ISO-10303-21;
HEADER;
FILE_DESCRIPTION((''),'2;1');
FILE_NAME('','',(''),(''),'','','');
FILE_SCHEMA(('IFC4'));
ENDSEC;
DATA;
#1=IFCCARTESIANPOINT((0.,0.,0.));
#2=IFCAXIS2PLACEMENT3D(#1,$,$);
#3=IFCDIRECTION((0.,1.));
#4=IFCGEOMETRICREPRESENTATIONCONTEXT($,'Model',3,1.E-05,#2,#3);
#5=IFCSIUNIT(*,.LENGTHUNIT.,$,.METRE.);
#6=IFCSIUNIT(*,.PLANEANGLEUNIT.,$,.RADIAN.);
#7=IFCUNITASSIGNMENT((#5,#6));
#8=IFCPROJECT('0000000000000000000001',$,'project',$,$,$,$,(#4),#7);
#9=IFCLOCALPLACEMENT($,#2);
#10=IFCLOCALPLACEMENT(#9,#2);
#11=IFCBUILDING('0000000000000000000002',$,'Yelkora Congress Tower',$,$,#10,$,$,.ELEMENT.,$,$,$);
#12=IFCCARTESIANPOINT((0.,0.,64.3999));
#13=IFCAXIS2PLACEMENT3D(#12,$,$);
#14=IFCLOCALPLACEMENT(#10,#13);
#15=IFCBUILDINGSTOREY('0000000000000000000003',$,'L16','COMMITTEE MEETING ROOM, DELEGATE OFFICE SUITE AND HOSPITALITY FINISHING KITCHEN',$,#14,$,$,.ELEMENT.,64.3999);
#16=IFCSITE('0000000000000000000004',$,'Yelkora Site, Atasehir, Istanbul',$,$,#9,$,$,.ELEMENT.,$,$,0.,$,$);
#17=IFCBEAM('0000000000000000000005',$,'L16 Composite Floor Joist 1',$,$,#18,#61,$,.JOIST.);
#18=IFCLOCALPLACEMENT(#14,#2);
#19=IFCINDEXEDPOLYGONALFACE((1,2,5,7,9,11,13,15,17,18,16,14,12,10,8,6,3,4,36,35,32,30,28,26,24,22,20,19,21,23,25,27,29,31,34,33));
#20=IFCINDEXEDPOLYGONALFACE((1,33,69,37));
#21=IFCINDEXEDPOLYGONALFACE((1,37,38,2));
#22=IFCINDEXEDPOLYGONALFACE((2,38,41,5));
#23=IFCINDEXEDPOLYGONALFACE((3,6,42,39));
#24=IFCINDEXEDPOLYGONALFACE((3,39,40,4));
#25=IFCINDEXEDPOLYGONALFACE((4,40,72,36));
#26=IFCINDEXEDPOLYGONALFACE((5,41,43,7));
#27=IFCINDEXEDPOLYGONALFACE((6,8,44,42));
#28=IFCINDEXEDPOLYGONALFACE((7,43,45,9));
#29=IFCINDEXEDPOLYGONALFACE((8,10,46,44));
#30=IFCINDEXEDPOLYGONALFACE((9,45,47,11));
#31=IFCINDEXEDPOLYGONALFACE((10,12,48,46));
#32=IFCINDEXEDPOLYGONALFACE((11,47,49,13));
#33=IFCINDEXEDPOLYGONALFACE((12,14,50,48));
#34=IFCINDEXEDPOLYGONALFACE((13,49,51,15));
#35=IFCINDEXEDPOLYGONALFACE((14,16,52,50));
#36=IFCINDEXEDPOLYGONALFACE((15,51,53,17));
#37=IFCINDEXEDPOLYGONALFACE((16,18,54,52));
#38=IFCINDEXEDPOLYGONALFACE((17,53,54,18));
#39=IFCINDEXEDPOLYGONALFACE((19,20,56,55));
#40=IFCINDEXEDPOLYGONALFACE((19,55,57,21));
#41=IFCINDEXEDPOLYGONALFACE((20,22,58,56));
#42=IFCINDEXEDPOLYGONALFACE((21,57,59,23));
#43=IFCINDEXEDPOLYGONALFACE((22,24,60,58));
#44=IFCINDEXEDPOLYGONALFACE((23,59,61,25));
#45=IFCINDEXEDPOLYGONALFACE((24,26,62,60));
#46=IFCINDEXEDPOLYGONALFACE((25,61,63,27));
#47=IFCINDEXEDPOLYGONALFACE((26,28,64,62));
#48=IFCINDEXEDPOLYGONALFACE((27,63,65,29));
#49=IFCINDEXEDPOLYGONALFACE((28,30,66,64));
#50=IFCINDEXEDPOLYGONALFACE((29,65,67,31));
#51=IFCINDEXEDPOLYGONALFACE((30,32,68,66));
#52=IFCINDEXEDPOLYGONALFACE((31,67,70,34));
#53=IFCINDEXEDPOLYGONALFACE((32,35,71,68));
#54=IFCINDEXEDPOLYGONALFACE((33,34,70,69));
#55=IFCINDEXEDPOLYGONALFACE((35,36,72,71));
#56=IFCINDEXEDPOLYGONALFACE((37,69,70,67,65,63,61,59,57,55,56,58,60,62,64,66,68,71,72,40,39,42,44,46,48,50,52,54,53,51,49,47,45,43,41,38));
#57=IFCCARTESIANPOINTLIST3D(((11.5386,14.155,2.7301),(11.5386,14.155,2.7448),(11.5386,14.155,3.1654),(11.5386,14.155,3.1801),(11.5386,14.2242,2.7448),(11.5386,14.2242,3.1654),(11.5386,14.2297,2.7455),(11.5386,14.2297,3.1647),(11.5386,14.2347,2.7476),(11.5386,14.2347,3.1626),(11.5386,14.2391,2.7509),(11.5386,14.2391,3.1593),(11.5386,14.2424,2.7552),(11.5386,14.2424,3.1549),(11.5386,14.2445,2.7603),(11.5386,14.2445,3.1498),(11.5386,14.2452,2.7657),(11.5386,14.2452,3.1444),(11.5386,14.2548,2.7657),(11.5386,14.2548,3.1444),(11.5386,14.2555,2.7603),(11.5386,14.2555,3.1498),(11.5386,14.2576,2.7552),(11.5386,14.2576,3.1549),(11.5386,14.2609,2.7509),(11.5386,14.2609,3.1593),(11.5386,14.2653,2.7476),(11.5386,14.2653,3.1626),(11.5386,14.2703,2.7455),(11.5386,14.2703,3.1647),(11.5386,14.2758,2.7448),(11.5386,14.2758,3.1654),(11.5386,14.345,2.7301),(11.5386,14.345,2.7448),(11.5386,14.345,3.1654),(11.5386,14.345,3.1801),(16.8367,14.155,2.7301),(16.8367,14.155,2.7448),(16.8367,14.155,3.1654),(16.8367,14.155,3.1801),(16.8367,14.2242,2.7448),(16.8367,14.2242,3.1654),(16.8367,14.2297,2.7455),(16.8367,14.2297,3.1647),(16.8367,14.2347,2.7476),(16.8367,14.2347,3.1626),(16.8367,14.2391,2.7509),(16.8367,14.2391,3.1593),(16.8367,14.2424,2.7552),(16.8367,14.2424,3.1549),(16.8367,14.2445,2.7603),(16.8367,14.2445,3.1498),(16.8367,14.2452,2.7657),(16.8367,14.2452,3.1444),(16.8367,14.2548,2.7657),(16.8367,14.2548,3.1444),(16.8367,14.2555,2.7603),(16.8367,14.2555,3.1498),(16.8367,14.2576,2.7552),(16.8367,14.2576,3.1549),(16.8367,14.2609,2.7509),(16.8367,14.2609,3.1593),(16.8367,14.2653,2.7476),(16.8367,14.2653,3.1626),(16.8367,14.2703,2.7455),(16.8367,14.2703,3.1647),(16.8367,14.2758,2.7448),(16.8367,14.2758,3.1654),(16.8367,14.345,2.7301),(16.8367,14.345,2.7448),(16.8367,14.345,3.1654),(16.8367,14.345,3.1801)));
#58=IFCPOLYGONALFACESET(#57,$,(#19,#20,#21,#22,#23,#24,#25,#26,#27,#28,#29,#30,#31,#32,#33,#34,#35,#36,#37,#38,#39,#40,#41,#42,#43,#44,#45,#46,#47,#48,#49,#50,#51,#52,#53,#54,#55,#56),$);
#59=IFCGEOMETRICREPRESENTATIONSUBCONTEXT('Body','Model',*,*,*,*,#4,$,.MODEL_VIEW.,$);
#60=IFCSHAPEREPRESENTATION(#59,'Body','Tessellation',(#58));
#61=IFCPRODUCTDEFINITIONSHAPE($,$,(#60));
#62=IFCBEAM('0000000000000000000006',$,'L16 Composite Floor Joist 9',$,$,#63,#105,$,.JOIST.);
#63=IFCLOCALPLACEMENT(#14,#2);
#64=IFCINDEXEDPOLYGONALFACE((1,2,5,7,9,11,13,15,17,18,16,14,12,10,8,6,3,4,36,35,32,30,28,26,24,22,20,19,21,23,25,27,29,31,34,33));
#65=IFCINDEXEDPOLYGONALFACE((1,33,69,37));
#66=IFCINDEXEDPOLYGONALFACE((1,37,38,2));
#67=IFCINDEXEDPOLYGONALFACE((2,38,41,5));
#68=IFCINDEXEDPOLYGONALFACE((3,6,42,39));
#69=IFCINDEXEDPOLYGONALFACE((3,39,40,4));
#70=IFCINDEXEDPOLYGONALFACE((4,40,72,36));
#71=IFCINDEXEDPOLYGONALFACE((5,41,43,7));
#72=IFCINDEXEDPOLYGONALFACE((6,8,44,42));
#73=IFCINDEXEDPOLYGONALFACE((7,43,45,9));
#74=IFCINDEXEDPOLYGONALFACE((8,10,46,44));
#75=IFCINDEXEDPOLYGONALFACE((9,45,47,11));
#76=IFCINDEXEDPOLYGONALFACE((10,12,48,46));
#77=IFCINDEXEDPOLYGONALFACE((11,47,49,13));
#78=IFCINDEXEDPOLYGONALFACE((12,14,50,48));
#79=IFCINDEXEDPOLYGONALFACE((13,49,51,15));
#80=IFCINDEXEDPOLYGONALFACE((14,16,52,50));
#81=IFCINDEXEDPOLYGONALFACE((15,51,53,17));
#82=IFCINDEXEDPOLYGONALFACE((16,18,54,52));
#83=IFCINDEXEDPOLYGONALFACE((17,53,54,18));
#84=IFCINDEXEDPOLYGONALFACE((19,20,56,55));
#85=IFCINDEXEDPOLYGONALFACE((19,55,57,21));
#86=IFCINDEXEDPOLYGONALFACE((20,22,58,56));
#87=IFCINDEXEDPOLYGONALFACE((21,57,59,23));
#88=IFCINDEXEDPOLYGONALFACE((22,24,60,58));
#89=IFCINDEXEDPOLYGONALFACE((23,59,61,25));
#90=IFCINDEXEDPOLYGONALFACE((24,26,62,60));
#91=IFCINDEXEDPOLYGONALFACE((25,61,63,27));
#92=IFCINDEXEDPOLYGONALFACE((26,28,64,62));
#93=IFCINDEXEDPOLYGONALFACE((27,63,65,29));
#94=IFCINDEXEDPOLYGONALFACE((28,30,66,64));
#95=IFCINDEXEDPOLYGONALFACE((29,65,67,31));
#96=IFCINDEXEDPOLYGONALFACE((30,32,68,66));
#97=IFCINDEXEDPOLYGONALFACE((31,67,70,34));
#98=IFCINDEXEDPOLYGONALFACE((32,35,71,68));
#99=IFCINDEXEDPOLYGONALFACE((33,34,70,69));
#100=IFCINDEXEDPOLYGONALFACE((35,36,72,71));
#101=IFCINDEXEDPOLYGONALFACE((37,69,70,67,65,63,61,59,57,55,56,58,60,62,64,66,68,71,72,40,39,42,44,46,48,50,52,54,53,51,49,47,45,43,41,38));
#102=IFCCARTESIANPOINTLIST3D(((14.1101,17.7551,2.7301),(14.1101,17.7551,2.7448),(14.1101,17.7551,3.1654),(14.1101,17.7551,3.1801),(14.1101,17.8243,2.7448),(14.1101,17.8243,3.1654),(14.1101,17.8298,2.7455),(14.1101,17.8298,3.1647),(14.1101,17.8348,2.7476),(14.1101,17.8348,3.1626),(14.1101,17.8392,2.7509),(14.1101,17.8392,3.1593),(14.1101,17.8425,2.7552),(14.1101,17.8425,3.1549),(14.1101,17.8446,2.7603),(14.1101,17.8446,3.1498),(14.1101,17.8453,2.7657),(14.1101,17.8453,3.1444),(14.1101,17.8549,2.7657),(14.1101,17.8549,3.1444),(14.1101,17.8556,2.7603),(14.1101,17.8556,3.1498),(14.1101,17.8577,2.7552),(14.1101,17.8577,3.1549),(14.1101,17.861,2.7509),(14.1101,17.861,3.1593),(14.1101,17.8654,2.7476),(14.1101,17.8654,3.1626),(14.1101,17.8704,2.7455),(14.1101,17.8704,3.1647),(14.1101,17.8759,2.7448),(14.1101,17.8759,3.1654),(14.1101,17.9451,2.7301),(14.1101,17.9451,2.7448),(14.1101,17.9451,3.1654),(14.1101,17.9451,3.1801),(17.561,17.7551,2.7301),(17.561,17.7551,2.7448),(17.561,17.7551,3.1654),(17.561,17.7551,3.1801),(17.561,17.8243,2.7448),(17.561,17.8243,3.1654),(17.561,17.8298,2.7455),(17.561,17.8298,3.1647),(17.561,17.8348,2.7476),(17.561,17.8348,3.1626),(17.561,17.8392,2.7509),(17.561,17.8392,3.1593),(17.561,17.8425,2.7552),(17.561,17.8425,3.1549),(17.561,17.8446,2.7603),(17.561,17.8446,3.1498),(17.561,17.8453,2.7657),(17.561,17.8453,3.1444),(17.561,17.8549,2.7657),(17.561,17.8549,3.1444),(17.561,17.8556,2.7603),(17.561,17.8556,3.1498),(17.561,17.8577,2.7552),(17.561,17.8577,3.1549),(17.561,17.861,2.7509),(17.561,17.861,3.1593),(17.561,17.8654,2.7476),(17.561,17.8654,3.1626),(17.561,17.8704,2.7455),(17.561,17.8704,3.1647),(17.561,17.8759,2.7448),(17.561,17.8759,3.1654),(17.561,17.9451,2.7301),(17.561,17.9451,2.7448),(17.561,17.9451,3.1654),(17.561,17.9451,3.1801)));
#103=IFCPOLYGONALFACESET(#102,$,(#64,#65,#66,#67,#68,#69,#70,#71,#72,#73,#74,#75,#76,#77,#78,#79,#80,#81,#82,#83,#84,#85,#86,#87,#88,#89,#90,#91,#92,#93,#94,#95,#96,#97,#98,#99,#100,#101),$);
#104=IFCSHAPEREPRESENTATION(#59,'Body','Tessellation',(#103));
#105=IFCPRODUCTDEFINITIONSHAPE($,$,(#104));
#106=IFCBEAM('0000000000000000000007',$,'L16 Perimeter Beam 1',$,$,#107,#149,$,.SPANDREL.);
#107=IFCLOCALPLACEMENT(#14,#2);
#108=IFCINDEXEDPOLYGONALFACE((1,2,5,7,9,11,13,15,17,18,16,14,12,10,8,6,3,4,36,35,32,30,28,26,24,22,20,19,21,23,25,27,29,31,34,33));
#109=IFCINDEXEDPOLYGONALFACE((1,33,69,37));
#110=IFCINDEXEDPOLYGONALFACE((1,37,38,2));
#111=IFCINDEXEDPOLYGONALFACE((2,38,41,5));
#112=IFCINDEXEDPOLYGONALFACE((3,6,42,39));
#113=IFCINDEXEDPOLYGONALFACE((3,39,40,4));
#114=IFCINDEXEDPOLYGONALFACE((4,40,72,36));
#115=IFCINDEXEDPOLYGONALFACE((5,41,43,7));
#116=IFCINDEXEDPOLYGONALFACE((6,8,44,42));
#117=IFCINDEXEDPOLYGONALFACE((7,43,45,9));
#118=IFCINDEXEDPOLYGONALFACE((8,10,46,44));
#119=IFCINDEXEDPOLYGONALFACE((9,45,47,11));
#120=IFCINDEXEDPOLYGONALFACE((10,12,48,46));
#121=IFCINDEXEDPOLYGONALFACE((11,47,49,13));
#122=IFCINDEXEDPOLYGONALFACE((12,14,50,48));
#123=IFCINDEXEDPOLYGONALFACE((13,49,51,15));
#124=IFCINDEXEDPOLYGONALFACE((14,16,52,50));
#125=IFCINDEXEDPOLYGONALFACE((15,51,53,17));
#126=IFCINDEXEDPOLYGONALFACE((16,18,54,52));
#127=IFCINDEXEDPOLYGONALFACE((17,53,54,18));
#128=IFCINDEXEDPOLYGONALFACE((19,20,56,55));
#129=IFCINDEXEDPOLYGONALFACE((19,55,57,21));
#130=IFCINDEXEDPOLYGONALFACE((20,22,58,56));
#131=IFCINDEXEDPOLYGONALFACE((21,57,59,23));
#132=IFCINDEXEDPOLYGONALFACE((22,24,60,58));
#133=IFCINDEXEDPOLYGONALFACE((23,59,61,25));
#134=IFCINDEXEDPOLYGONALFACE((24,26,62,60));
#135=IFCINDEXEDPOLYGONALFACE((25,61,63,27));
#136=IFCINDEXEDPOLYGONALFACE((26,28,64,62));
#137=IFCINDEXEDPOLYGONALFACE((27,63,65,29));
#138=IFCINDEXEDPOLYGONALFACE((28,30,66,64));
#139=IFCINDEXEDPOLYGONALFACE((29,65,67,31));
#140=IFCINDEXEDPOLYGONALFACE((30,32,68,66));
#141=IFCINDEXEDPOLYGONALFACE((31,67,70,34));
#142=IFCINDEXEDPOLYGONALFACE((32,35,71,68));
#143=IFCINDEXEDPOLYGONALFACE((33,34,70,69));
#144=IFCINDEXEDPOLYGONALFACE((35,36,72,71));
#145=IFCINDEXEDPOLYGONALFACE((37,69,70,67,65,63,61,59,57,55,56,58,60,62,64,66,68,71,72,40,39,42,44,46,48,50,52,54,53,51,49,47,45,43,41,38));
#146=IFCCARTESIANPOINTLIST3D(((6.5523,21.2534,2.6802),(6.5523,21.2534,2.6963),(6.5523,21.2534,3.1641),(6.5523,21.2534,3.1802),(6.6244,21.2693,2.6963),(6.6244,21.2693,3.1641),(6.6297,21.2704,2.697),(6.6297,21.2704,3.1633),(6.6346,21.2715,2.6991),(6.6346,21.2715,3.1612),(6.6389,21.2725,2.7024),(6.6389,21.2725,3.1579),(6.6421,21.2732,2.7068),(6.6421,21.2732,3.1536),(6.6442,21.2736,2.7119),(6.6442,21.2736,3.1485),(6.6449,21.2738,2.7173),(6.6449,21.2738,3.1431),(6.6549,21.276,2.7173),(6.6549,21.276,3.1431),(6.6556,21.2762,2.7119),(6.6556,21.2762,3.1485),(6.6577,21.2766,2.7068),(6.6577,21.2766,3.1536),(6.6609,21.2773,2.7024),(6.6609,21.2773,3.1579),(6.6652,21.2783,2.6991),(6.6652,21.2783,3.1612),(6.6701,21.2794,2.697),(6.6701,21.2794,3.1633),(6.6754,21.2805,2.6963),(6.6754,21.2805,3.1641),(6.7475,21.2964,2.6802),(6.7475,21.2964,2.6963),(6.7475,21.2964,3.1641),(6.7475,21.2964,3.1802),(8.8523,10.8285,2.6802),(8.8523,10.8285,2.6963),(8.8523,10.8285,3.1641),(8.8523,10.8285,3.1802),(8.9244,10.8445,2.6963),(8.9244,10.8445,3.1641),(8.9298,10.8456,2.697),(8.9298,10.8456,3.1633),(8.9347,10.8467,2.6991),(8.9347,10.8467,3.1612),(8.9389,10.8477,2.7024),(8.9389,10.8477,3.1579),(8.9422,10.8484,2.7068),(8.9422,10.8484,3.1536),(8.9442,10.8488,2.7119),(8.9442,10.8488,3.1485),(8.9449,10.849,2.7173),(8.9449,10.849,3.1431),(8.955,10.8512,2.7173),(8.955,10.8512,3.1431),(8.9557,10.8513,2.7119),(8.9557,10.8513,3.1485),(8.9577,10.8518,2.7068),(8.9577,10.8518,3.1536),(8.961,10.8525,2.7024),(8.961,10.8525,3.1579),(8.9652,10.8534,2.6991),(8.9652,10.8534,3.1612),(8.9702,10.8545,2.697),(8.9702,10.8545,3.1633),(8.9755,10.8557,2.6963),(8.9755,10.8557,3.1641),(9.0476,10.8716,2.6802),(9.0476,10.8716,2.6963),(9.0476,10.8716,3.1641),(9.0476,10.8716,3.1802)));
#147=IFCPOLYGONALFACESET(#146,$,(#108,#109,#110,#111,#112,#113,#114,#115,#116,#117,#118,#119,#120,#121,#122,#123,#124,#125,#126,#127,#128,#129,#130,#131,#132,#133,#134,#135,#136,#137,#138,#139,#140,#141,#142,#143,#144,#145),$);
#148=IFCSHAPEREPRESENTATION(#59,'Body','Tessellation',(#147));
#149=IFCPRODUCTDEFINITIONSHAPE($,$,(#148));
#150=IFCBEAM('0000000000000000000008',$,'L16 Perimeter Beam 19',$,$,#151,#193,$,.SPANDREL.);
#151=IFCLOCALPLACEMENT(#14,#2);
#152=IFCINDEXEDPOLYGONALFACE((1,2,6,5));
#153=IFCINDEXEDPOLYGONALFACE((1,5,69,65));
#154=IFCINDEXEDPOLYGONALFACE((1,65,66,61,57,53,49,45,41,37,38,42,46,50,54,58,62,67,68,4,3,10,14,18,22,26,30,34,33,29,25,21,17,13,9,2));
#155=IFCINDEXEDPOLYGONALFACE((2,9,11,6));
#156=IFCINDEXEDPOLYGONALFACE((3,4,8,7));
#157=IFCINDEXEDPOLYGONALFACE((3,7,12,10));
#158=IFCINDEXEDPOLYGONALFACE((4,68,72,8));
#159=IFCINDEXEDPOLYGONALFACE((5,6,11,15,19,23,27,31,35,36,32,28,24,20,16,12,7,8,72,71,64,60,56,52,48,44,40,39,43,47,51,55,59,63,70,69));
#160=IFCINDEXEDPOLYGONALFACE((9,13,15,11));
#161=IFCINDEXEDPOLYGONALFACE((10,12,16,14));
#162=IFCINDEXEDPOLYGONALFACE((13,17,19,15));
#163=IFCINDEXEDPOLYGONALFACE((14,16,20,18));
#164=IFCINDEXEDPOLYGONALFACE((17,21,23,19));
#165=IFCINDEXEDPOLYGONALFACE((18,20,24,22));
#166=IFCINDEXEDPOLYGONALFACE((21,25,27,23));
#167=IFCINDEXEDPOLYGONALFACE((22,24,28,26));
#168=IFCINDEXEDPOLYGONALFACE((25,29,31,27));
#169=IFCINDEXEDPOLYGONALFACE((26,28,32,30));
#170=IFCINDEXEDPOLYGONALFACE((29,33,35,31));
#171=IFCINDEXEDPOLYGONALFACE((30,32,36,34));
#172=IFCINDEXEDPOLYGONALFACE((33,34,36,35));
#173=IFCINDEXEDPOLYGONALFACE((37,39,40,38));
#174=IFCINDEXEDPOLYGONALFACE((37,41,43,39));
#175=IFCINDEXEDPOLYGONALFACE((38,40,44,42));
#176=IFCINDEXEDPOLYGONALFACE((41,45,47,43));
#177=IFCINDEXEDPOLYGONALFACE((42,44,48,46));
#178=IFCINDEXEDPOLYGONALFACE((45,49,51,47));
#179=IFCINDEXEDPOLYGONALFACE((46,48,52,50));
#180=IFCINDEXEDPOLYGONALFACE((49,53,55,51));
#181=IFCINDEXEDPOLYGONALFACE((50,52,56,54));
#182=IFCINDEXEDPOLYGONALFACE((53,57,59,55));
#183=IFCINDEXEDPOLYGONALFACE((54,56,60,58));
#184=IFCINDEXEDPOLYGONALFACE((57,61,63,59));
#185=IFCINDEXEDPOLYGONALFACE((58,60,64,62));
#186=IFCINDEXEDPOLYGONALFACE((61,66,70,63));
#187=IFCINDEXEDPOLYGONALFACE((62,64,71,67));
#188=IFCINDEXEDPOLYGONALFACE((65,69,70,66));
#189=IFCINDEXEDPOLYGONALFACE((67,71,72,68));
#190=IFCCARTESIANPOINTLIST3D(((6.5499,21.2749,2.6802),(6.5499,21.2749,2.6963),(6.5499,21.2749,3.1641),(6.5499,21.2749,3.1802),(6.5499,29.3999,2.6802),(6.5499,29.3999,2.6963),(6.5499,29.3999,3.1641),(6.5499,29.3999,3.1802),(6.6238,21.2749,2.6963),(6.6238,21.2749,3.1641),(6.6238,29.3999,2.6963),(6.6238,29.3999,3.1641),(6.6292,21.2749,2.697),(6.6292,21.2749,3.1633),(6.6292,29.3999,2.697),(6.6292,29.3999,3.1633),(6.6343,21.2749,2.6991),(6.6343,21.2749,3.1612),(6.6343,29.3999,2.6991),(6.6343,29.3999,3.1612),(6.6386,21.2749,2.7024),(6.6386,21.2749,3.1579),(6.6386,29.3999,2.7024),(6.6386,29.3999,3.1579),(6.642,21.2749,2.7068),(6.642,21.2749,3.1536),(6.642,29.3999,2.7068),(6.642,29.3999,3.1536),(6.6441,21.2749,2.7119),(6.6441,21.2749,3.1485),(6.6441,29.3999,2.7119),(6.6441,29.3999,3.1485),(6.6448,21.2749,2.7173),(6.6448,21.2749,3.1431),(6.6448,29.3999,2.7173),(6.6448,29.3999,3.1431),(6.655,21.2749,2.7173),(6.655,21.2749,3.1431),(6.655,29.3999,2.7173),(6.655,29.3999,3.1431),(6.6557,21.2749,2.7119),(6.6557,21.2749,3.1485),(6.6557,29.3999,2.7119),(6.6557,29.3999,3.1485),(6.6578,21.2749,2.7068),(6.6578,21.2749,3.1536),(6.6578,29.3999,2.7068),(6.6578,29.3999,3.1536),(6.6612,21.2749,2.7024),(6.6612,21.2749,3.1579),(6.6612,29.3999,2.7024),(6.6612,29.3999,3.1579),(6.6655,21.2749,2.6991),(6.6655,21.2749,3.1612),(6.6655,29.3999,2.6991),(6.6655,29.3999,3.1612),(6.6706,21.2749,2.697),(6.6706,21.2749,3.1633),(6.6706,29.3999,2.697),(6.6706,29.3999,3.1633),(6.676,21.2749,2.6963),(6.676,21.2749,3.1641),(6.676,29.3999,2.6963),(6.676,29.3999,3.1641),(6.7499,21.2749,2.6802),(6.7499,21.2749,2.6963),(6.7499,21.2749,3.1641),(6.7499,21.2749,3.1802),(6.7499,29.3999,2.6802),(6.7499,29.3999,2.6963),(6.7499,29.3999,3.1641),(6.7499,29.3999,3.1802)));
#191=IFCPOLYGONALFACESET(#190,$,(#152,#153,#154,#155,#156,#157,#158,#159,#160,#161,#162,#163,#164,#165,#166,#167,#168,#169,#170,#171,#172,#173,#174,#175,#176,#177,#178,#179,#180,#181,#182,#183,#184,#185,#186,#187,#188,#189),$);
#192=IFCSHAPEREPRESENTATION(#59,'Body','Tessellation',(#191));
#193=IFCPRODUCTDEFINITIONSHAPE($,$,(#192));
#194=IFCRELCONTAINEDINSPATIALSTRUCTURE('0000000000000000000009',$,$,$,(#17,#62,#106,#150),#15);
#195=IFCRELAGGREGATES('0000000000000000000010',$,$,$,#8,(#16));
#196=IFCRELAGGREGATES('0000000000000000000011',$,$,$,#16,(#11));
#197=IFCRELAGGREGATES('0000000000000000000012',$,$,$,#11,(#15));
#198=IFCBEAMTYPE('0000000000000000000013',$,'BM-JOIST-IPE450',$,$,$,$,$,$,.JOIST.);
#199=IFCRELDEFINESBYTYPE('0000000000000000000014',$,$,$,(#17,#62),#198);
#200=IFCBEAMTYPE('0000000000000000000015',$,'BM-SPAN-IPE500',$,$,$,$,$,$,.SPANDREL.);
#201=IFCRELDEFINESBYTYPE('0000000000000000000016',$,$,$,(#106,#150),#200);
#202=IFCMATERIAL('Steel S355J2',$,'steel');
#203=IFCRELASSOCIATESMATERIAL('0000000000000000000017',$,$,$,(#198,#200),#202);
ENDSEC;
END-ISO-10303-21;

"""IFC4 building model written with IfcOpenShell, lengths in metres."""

from ifc_helpers import new_model, si_unit, direction, frame, origin, origin_2d, place, context, subcontext, project, spatial, i_section, extrude, material, material_profile, profile_set, type_object, element, save


model = new_model("IFC4")

# Units and contexts
model_context = context("Model", 3, precision=1e-05, world=origin(), true_north=direction((0.0, 1.0)))
body_context = subcontext(model_context, "Body", "Model", "MODEL_VIEW")
ifc_project = project(units=[si_unit("LENGTHUNIT", "METRE"), si_unit("PLANEANGLEUNIT", "RADIAN")], contexts=[model_context])

# Site, building, storey
site_placement = place(None, origin())
site = spatial("IfcSite", under=ifc_project, at=site_placement, Name="Yelkora Site, Atasehir, Istanbul", CompositionType="ELEMENT", RefElevation=0.0)
building_placement = place(site_placement, origin())
building = spatial("IfcBuilding", under=site, at=building_placement, Name="Yelkora Congress Tower", CompositionType="ELEMENT")
storey_placement = place(building_placement, frame((0.0, 0.0, 64.3999)))
storey = spatial("IfcBuildingStorey", under=building, at=storey_placement, Name="L16", Description="COMMITTEE MEETING ROOM, DELEGATE OFFICE SUITE AND HOSPITALITY FINISHING KITCHEN", CompositionType="ELEMENT", Elevation=64.3999)

# Beams
ifc_material_1 = material(Name="Steel S355J2", Category="steel")
ifc_material_profile_1 = material_profile(ifc_material_1, i_section(OverallWidth=0.1899, OverallDepth=0.45, WebThickness=0.0095, FlangeThickness=0.0146, FilletRadius=0.021, at=origin_2d()), Name="IPE 450")
ifc_profile_set_1 = profile_set([ifc_material_profile_1], Name="Steel S355J2")
beam_type_1 = type_object("IfcBeamType", Name="BM-JOIST-IPE450", PredefinedType="JOIST", material=ifc_profile_set_1)
beam_1_placement = place(storey_placement, frame((11.5386, 14.25, 2.9551), z_axis=(1.0, 0.0, 0.0), x_axis=(0.0, 1.0, 0.0)))
element("IfcBeam", 1, at=beam_1_placement, inside=storey, type_object=beam_type_1, Name="L16 Composite Floor Joist 1", PredefinedType="JOIST", context=body_context, shape_type="SweptSolid", body=[
    extrude(i_section(OverallWidth=0.1899, OverallDepth=0.45, WebThickness=0.0095, FlangeThickness=0.0146, FilletRadius=0.021, at=origin_2d()), origin(), (0.0, 0.0, 1.0), 5.2981),
])
beam_2_placement = place(storey_placement, frame((14.1101, 17.8501, 2.9551), z_axis=(1.0, 0.0, 0.0), x_axis=(0.0, 1.0, 0.0)))
element("IfcBeam", 2, at=beam_2_placement, inside=storey, type_object=beam_type_1, Name="L16 Composite Floor Joist 9", PredefinedType="JOIST", context=body_context, shape_type="SweptSolid", body=[
    extrude(i_section(OverallWidth=0.1899, OverallDepth=0.45, WebThickness=0.0095, FlangeThickness=0.0146, FilletRadius=0.021, at=origin_2d()), origin(), (0.0, 0.0, 1.0), 3.4509),
])
ifc_material_profile_2 = material_profile(ifc_material_1, i_section(OverallWidth=0.2, OverallDepth=0.5, WebThickness=0.0103, FlangeThickness=0.0161, FilletRadius=0.021, at=origin_2d()), Name="IPE 500")
ifc_profile_set_2 = profile_set([ifc_material_profile_2], Name="Steel S355J2")
beam_type_2 = type_object("IfcBeamType", Name="BM-SPAN-IPE500", PredefinedType="SPANDREL", material=ifc_profile_set_2)
beam_3_placement = place(storey_placement, frame((6.6499, 21.2749, 2.9302), z_axis=(0.215451, -0.976515, 0.0), x_axis=(0.976515, 0.215451, 0.0)))
element("IfcBeam", 3, at=beam_3_placement, inside=storey, type_object=beam_type_2, Name="L16 Perimeter Beam 1", PredefinedType="SPANDREL", context=body_context, shape_type="SweptSolid", body=[
    extrude(i_section(OverallWidth=0.2, OverallDepth=0.5, WebThickness=0.0103, FlangeThickness=0.0161, FilletRadius=0.021, at=origin_2d()), origin(), (0.0, 0.0, 1.0), 10.6755),
])
beam_4_placement = place(storey_placement, frame((6.6499, 29.3999, 2.9302), z_axis=(0.0, -1.0, 0.0), x_axis=(1.0, 0.0, 0.0)))
element("IfcBeam", 4, at=beam_4_placement, inside=storey, type_object=beam_type_2, Name="L16 Perimeter Beam 19", PredefinedType="SPANDREL", context=body_context, shape_type="SweptSolid", body=[
    extrude(i_section(OverallWidth=0.2, OverallDepth=0.5, WebThickness=0.0103, FlangeThickness=0.0161, FilletRadius=0.021, at=origin_2d()), origin(), (0.0, 0.0, 1.0), 8.125),
])

save(model, "model.ifc")
